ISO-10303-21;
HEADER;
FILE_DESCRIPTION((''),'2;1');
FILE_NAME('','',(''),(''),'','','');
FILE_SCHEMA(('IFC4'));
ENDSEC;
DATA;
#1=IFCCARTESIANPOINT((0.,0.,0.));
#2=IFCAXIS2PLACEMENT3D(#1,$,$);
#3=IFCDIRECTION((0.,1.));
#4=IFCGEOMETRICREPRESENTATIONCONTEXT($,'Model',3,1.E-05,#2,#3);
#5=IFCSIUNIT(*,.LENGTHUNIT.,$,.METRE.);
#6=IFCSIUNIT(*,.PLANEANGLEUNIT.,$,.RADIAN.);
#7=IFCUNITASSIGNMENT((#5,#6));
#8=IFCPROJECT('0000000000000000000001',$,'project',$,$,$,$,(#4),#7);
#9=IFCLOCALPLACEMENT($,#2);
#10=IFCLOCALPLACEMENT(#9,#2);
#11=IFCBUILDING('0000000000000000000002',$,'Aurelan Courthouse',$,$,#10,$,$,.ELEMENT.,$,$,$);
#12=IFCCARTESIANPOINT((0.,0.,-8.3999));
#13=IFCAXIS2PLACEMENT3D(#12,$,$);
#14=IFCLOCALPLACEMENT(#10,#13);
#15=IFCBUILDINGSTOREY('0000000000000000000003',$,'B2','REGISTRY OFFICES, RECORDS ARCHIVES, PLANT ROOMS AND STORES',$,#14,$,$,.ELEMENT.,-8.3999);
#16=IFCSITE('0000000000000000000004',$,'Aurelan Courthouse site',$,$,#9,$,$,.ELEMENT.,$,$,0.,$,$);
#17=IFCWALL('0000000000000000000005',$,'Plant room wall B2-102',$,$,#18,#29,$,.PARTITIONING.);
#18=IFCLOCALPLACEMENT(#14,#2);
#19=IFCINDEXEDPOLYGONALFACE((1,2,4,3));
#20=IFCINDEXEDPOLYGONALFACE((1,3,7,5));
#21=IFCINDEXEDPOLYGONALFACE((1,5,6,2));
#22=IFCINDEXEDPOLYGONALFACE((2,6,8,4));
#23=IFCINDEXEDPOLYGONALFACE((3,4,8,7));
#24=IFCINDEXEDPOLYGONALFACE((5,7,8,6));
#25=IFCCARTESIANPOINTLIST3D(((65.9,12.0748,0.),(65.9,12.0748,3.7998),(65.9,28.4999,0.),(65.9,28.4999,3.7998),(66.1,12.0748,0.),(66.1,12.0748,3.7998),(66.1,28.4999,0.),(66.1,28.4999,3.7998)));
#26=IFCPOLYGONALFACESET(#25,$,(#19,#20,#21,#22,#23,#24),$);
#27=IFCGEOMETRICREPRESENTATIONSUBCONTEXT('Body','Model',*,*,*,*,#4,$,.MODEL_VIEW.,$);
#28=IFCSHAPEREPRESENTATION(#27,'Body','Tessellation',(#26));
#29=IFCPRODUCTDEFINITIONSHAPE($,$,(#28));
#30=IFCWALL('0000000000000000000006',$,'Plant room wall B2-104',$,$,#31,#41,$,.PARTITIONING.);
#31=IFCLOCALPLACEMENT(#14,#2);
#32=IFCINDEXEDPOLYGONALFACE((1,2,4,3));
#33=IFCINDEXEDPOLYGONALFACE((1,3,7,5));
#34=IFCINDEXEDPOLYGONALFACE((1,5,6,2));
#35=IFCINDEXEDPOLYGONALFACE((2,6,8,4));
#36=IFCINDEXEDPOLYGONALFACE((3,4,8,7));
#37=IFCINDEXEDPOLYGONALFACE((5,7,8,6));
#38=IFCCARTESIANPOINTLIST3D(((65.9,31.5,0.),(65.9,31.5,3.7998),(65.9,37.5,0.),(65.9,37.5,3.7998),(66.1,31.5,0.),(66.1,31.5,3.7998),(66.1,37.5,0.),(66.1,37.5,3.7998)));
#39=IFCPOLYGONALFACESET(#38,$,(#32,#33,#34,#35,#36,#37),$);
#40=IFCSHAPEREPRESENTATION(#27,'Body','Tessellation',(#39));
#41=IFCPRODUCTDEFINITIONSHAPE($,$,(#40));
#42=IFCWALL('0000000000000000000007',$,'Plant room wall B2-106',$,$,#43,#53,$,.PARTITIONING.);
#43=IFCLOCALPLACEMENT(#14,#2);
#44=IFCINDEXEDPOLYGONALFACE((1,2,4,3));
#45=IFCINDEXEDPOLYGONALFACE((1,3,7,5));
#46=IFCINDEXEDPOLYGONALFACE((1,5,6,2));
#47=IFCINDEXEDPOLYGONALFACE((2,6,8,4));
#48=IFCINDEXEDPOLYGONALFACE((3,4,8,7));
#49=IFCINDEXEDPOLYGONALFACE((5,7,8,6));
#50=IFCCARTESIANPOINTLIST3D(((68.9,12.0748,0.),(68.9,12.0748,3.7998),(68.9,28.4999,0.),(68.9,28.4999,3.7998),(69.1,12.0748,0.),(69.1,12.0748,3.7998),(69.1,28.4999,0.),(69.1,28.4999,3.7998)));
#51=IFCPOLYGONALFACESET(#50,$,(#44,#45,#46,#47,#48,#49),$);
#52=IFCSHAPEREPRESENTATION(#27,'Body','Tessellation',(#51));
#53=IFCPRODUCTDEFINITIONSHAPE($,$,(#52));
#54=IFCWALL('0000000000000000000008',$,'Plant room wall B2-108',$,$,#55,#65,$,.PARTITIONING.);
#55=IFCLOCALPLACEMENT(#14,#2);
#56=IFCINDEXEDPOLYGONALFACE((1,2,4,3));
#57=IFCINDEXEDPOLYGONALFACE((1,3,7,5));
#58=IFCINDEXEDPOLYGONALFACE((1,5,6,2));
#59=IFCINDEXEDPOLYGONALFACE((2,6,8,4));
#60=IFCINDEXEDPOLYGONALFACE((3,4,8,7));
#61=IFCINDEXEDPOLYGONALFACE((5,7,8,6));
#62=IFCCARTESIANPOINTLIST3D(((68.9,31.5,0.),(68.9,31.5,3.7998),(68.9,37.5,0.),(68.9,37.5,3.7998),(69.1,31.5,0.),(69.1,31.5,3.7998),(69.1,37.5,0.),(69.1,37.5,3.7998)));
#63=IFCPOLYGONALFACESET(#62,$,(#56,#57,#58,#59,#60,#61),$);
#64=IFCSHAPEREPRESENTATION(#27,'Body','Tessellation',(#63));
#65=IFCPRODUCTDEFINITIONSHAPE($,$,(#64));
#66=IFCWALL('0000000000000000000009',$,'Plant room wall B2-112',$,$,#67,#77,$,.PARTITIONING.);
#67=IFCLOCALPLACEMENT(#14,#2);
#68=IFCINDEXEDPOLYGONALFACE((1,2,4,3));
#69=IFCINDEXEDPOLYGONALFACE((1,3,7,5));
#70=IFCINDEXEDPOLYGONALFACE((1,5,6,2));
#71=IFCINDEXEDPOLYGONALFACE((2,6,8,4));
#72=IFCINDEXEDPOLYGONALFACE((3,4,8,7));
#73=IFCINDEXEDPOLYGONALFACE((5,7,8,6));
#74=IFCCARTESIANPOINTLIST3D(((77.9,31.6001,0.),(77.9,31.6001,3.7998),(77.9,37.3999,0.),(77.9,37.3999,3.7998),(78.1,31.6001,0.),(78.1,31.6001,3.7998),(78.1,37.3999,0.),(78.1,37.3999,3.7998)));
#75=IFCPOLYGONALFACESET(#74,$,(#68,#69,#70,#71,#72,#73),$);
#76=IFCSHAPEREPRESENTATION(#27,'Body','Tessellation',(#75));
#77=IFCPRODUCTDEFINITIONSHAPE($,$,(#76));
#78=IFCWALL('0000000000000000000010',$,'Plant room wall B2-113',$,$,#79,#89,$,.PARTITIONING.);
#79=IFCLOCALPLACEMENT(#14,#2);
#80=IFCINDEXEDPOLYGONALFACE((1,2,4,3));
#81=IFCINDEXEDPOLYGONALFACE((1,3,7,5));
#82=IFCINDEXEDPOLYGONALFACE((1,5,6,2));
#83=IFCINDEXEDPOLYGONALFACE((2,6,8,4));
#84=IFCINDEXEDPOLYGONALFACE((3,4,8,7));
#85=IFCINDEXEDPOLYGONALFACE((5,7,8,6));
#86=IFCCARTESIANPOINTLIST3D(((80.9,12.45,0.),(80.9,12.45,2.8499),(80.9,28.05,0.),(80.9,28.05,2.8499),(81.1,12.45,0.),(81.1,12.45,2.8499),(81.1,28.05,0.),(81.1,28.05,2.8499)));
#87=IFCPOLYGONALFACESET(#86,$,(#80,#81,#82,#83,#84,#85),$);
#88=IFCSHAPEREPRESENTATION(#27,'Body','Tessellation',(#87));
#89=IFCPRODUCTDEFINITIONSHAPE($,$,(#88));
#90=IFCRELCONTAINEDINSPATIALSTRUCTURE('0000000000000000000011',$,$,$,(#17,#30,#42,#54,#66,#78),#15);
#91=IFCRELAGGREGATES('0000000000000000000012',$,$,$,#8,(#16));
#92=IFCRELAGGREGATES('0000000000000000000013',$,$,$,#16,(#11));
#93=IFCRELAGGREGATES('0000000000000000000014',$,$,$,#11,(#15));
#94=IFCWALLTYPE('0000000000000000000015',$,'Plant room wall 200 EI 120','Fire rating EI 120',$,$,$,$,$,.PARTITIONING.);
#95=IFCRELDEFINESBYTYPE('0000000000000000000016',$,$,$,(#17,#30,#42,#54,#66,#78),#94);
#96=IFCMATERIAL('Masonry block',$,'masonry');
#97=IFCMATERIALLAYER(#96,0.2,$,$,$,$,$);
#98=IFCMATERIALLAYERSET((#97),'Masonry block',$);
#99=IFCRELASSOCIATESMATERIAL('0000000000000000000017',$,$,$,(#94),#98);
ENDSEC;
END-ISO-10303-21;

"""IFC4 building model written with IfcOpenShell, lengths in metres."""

from ifc_helpers import new_model, si_unit, direction, frame, frame_2d, origin, place, context, subcontext, project, spatial, rectangle, extrude, material, layer, layer_set, type_object, element, save


model = new_model("IFC4")

# Units and contexts
model_context = context("Model", 3, precision=1e-05, world=origin(), true_north=direction((0.0, 1.0)))
body_context = subcontext(model_context, "Body", "Model", "MODEL_VIEW")
ifc_project = project(units=[si_unit("LENGTHUNIT", "METRE"), si_unit("PLANEANGLEUNIT", "RADIAN")], contexts=[model_context])

# Site, building, storey
site_placement = place(None, origin())
site = spatial("IfcSite", under=ifc_project, at=site_placement, Name="Aurelan Courthouse site", CompositionType="ELEMENT", RefElevation=0.0)
building_placement = place(site_placement, origin())
building = spatial("IfcBuilding", under=site, at=building_placement, Name="Aurelan Courthouse", CompositionType="ELEMENT")
storey_placement = place(building_placement, frame((0.0, 0.0, -8.3999)))
storey = spatial("IfcBuildingStorey", under=building, at=storey_placement, Name="B2", Description="REGISTRY OFFICES, RECORDS ARCHIVES, PLANT ROOMS AND STORES", CompositionType="ELEMENT", Elevation=-8.3999)

# Shared definitions
ifc_material_1 = material(Name="Masonry block", Category="masonry")
ifc_layer_1 = layer(ifc_material_1, 0.2)
ifc_layer_set_1 = layer_set([ifc_layer_1], Name="Masonry block")
wall_type_1 = type_object("IfcWallType", Name="Plant room wall 200 EI 120", Description="Fire rating EI 120", PredefinedType="PARTITIONING", material=ifc_layer_set_1)

# Walls
wall_1_placement = place(storey_placement, frame((66.0, 12.075, 0.0), z_axis=(0.0, 0.0, 1.0), x_axis=(0.0, 1.0, 0.0)))
element("IfcWall", 1, at=wall_1_placement, inside=storey, type_object=wall_type_1, Name="Plant room wall B2-102", PredefinedType="PARTITIONING", context=body_context, shape_type="SweptSolid", body=[
    extrude(rectangle(XDim=16.425, YDim=0.2, at=frame_2d((8.2124, 0.0))), origin(), (0.0, 0.0, 1.0), 3.7998),
])
wall_2_placement = place(storey_placement, frame((66.0, 31.5, 0.0), z_axis=(0.0, 0.0, 1.0), x_axis=(0.0, 1.0, 0.0)))
element("IfcWall", 2, at=wall_2_placement, inside=storey, type_object=wall_type_1, Name="Plant room wall B2-104", PredefinedType="PARTITIONING", context=body_context, shape_type="SweptSolid", body=[
    extrude(rectangle(XDim=6.0, YDim=0.2, at=frame_2d((3.0, 0.0))), origin(), (0.0, 0.0, 1.0), 3.7998),
])
wall_3_placement = place(storey_placement, frame((69.0, 12.075, 0.0), z_axis=(0.0, 0.0, 1.0), x_axis=(0.0, 1.0, 0.0)))
element("IfcWall", 3, at=wall_3_placement, inside=storey, type_object=wall_type_1, Name="Plant room wall B2-106", PredefinedType="PARTITIONING", context=body_context, shape_type="SweptSolid", body=[
    extrude(rectangle(XDim=16.425, YDim=0.2, at=frame_2d((8.2124, 0.0))), origin(), (0.0, 0.0, 1.0), 3.7998),
])
wall_4_placement = place(storey_placement, frame((69.0, 31.5, 0.0), z_axis=(0.0, 0.0, 1.0), x_axis=(0.0, 1.0, 0.0)))
element("IfcWall", 4, at=wall_4_placement, inside=storey, type_object=wall_type_1, Name="Plant room wall B2-108", PredefinedType="PARTITIONING", context=body_context, shape_type="SweptSolid", body=[
    extrude(rectangle(XDim=6.0, YDim=0.2, at=frame_2d((3.0, 0.0))), origin(), (0.0, 0.0, 1.0), 3.7998),
])
wall_5_placement = place(storey_placement, frame((78.0, 31.6001, 0.0), z_axis=(0.0, 0.0, 1.0), x_axis=(0.0, 1.0, 0.0)))
element("IfcWall", 5, at=wall_5_placement, inside=storey, type_object=wall_type_1, Name="Plant room wall B2-112", PredefinedType="PARTITIONING", context=body_context, shape_type="SweptSolid", body=[
    extrude(rectangle(XDim=5.7998, YDim=0.2, at=frame_2d((2.8999, 0.0))), origin(), (0.0, 0.0, 1.0), 3.7998),
])
wall_6_placement = place(storey_placement, frame((81.0, 12.45, 0.0), z_axis=(0.0, 0.0, 1.0), x_axis=(0.0, 1.0, 0.0)))
element("IfcWall", 6, at=wall_6_placement, inside=storey, type_object=wall_type_1, Name="Plant room wall B2-113", PredefinedType="PARTITIONING", context=body_context, shape_type="SweptSolid", body=[
    extrude(rectangle(XDim=15.6001, YDim=0.2, at=frame_2d((7.8, 0.0))), origin(), (0.0, 0.0, 1.0), 2.8499),
])

save(model, "model.ifc")
